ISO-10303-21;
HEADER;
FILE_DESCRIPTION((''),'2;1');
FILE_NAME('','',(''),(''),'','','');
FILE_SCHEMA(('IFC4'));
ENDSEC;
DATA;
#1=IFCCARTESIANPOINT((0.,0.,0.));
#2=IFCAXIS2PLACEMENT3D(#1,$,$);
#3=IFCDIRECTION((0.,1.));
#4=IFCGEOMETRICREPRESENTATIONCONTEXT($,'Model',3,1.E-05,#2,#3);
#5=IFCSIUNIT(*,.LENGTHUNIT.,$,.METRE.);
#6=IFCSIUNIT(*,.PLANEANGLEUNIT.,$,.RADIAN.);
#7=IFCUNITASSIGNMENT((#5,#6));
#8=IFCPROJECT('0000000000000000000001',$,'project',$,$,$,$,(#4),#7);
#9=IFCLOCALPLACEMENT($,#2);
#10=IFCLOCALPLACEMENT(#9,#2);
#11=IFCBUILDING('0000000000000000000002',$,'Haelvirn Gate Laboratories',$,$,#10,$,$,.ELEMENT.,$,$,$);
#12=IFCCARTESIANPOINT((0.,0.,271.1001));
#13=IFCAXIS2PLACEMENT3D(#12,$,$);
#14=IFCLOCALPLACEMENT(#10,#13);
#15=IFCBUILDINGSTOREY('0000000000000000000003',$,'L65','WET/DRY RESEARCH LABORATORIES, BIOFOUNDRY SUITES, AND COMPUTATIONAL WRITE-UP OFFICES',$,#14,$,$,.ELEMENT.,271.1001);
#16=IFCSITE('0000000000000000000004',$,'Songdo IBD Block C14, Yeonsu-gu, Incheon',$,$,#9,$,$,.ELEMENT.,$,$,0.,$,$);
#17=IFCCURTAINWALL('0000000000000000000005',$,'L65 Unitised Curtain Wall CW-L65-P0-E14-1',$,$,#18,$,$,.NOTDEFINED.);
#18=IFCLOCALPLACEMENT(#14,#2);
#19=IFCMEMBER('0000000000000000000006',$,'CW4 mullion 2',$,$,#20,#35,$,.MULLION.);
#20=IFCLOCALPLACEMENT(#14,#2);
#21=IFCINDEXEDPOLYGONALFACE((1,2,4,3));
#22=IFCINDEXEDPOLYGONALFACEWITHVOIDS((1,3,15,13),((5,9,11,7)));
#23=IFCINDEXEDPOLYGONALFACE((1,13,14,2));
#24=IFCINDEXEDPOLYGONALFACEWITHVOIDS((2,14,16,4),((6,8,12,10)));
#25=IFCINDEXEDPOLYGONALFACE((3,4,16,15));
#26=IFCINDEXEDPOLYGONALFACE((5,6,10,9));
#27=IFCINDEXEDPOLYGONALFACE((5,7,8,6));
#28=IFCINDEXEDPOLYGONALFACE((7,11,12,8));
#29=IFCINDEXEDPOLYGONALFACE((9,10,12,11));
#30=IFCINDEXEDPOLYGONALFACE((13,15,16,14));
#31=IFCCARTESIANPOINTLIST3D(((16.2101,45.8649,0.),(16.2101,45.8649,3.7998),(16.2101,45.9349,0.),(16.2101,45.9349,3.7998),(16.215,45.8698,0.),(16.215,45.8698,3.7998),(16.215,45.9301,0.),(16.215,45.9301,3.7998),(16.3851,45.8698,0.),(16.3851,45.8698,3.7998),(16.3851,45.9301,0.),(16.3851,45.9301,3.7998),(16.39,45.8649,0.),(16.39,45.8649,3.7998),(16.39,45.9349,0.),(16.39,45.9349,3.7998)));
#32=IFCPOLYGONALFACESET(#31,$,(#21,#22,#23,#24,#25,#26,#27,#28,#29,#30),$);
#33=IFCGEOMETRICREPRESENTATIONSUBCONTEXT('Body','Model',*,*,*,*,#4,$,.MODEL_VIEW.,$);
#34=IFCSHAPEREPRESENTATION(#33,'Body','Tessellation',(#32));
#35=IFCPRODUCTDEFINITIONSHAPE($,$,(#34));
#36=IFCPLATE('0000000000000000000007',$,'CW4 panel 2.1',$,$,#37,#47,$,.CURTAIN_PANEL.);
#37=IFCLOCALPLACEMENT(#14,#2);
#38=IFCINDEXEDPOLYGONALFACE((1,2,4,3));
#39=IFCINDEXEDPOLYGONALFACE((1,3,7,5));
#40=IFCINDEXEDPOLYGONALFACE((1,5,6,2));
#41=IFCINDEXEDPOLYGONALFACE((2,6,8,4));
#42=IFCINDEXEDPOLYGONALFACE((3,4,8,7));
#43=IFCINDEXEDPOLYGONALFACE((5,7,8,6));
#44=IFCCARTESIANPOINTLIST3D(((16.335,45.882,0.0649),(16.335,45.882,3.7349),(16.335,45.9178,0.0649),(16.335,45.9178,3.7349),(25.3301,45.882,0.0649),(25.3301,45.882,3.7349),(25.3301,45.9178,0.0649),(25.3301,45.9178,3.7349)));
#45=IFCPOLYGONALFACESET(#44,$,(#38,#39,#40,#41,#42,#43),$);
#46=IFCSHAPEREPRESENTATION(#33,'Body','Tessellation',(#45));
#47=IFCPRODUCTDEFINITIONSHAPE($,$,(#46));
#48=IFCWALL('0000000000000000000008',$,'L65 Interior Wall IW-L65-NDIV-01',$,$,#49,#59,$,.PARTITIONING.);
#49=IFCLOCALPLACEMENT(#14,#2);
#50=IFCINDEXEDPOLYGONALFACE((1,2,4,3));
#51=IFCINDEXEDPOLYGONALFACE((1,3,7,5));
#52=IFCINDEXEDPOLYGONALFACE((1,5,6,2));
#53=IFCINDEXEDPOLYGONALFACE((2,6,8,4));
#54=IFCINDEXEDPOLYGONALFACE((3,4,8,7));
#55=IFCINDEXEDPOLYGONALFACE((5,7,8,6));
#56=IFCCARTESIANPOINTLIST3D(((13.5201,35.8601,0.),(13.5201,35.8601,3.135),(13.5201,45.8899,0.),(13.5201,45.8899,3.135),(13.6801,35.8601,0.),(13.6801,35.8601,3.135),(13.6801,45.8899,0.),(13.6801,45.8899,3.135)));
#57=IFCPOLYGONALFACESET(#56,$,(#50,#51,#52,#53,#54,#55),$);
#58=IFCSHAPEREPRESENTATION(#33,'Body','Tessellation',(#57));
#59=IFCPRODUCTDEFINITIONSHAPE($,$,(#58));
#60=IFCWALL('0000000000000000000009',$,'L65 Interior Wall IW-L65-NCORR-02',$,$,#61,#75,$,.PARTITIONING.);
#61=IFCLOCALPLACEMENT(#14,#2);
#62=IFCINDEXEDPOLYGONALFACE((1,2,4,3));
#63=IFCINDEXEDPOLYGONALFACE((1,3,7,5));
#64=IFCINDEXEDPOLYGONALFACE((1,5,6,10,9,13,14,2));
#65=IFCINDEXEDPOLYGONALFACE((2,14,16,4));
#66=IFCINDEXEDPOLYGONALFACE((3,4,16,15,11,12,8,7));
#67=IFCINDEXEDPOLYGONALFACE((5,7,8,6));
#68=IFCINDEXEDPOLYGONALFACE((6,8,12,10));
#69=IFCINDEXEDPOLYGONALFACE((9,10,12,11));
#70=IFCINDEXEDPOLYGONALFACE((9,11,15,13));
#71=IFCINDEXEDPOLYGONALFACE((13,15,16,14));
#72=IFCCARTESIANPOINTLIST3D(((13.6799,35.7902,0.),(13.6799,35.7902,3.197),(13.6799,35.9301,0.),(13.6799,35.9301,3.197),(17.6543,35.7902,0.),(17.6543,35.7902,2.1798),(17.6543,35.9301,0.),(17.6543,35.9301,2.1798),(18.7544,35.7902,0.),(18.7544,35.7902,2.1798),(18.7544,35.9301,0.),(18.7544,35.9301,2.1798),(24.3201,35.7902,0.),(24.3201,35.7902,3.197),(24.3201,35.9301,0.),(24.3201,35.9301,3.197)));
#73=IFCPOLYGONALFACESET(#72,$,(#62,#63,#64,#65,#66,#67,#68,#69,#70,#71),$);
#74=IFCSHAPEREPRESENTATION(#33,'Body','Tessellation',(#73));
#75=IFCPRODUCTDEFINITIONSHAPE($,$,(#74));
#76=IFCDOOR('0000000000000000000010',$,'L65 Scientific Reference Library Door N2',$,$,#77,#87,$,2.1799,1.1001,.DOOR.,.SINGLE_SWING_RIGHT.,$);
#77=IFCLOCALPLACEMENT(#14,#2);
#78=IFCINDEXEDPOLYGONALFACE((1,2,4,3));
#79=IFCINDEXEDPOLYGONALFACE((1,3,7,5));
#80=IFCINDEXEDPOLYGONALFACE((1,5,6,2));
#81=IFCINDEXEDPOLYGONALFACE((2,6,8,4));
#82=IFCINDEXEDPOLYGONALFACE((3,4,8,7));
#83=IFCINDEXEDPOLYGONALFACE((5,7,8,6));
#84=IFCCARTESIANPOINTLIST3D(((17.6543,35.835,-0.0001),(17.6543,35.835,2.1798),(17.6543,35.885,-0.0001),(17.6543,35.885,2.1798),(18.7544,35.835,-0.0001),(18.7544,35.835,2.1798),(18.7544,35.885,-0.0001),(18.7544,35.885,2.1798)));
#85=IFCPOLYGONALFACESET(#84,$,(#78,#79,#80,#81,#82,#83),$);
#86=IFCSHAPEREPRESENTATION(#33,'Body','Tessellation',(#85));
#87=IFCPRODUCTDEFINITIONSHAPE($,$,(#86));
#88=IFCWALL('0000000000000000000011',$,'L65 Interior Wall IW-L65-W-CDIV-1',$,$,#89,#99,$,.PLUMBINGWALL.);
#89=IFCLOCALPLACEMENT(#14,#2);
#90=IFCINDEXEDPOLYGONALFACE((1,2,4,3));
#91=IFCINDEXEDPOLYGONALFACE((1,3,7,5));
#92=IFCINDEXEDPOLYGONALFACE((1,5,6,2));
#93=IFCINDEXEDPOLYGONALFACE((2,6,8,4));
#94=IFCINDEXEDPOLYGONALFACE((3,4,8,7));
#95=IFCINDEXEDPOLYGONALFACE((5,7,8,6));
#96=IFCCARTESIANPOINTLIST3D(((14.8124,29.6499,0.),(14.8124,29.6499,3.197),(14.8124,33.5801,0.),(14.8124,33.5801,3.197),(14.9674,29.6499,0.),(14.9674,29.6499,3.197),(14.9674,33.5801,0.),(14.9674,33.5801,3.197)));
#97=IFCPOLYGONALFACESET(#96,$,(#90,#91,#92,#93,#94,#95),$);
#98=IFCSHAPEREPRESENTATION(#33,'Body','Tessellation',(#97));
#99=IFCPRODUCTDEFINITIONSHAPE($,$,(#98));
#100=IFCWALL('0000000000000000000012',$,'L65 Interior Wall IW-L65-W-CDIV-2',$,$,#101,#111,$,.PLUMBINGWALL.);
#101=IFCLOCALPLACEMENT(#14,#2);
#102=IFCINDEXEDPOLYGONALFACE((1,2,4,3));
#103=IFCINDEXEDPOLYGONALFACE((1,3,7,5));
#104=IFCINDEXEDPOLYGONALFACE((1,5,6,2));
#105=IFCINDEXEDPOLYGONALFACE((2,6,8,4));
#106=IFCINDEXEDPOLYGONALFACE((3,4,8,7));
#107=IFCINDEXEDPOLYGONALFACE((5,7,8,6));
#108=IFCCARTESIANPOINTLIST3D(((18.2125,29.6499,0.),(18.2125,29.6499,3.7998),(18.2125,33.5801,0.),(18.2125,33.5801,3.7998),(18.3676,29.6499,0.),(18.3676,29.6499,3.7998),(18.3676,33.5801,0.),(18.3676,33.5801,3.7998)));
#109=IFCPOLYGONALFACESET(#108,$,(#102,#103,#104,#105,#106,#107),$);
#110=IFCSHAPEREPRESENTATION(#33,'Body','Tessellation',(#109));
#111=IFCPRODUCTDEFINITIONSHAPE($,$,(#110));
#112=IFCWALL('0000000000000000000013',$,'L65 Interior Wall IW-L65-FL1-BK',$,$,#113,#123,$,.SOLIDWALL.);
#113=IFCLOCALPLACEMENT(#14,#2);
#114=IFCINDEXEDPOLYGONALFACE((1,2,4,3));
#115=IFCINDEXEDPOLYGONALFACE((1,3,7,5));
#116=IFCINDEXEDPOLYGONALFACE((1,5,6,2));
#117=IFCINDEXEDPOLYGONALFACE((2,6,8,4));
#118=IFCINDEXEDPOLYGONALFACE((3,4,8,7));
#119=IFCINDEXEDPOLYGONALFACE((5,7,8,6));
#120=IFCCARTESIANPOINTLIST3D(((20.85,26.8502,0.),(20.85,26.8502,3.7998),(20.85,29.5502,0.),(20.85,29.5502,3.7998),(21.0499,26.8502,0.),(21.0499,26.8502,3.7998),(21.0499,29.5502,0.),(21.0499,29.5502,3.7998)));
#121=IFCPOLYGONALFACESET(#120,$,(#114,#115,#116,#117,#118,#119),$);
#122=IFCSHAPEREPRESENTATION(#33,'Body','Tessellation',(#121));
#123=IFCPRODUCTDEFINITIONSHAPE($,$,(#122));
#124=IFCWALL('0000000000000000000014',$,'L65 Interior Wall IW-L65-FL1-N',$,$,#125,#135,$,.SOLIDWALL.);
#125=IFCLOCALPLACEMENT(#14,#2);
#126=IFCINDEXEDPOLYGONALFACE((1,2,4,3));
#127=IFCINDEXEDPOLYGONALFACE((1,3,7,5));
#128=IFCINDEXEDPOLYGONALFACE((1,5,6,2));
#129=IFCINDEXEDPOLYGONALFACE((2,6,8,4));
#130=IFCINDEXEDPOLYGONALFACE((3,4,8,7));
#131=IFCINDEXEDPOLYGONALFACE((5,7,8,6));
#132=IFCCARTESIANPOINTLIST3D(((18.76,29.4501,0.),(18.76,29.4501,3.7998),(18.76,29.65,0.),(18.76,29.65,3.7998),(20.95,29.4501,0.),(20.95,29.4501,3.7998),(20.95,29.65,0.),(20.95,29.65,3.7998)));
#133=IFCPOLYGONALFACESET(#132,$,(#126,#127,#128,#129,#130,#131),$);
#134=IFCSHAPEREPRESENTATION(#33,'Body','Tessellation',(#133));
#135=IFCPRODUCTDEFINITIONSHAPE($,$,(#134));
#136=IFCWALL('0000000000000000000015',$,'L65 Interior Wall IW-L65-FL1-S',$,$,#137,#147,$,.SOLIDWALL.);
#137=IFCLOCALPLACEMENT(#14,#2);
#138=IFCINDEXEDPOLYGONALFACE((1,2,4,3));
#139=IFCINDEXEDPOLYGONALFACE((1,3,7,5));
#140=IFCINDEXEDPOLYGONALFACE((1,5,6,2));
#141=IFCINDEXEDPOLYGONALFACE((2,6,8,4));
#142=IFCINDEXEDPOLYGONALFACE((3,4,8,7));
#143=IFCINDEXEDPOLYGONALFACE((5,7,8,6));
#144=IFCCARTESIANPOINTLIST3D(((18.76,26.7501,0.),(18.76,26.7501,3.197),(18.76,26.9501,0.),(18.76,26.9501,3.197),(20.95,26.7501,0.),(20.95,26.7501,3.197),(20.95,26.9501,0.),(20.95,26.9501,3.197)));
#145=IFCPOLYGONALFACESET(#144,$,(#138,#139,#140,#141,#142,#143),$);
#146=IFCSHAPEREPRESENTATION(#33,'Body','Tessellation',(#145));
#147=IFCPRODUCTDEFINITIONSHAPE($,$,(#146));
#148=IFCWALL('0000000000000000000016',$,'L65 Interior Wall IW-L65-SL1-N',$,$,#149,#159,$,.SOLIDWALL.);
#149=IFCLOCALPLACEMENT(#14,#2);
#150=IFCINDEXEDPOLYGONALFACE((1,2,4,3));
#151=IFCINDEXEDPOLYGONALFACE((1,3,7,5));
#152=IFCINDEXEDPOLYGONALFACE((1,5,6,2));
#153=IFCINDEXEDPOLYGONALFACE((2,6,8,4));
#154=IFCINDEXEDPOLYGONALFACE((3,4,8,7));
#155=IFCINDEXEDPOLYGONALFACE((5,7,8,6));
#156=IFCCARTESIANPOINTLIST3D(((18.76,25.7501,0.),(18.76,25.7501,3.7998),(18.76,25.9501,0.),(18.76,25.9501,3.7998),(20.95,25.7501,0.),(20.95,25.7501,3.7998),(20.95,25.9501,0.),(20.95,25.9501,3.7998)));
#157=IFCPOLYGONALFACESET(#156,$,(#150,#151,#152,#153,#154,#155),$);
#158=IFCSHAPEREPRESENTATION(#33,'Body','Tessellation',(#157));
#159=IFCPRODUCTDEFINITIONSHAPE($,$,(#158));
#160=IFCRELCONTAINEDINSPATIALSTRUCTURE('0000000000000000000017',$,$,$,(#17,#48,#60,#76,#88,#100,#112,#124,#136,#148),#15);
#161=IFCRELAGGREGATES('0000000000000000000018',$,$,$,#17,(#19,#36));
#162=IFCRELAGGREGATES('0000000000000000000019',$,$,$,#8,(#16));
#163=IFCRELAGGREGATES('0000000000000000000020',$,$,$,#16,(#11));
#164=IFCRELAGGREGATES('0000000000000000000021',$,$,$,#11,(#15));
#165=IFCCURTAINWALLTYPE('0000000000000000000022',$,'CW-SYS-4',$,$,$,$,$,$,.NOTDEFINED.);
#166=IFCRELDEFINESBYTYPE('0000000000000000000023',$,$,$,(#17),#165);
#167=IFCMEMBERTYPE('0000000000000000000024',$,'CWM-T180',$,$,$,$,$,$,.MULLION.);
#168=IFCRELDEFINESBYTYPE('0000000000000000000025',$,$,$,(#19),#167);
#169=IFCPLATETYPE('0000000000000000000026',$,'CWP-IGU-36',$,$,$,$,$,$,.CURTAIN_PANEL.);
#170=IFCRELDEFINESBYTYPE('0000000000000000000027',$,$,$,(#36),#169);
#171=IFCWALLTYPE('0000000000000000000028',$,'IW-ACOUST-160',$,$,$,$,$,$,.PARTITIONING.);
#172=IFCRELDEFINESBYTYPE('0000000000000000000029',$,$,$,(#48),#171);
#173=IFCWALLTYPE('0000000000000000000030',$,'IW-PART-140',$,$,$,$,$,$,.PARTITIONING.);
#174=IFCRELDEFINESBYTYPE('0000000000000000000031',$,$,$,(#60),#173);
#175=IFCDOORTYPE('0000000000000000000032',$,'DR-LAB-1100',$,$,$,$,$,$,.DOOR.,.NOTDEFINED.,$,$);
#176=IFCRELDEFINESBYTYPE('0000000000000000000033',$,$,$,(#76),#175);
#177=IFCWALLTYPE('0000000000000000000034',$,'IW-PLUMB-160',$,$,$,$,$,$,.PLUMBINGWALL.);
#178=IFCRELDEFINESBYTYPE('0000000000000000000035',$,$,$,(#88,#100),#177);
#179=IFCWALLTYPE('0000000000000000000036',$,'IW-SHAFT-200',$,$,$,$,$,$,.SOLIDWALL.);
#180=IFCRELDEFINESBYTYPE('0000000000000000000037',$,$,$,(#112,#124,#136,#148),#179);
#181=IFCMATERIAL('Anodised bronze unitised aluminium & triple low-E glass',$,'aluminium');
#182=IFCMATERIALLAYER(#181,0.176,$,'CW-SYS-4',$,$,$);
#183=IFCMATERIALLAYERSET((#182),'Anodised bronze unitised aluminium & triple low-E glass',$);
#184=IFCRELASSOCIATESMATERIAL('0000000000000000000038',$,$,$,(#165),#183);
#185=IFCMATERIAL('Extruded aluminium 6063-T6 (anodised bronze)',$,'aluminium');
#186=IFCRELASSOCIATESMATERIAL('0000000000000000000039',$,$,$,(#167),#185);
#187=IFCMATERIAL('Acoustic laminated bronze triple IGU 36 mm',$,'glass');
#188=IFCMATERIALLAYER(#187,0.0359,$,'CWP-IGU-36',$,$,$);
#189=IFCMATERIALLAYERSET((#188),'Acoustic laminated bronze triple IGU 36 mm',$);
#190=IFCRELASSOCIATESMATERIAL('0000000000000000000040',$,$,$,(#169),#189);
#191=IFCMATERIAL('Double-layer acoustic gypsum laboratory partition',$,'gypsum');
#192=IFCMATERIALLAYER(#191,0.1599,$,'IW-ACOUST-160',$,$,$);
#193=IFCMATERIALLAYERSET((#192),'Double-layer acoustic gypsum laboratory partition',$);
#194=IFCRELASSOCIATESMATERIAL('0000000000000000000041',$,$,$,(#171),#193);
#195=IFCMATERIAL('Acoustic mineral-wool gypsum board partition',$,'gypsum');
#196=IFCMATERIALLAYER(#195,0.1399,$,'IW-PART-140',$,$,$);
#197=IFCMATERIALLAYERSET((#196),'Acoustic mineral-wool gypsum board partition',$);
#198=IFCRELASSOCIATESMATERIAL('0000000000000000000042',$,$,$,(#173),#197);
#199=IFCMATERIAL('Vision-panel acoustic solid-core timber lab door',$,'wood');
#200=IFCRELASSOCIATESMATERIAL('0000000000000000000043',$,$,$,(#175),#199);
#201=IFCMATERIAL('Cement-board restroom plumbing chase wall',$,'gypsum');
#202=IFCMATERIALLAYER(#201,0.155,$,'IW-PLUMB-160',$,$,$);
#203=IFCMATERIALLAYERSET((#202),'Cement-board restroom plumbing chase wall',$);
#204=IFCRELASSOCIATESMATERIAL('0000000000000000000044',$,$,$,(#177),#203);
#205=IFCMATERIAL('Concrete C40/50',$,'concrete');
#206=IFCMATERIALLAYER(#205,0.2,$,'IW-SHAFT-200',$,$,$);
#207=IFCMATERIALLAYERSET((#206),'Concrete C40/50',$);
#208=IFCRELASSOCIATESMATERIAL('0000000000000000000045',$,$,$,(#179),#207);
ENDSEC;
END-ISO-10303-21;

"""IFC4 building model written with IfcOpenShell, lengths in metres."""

from ifc_helpers import new_model, si_unit, direction, frame, frame_2d, origin, origin_2d, place, context, subcontext, project, spatial, rectangle, hollow_rectangle, extrude, source, transform, mapped, material, layer, layer_set, material_profile, profile_set, type_object, type_shapes, element, fill, aggregate, save


model = new_model("IFC4")

# Units and contexts
model_context = context("Model", 3, precision=1e-05, world=origin(), true_north=direction((0.0, 1.0)))
body_context = subcontext(model_context, "Body", "Model", "MODEL_VIEW")
ifc_project = project(units=[si_unit("LENGTHUNIT", "METRE"), si_unit("PLANEANGLEUNIT", "RADIAN")], contexts=[model_context])

# Site, building, storey
site_placement = place(None, origin())
site = spatial("IfcSite", under=ifc_project, at=site_placement, Name="Songdo IBD Block C14, Yeonsu-gu, Incheon", CompositionType="ELEMENT", RefElevation=0.0)
building_placement = place(site_placement, origin())
building = spatial("IfcBuilding", under=site, at=building_placement, Name="Haelvirn Gate Laboratories", CompositionType="ELEMENT")
storey_placement = place(building_placement, frame((0.0, 0.0, 271.1001)))
storey = spatial("IfcBuildingStorey", under=building, at=storey_placement, Name="L65", Description="WET/DRY RESEARCH LABORATORIES, BIOFOUNDRY SUITES, AND COMPUTATIONAL WRITE-UP OFFICES", CompositionType="ELEMENT", Elevation=271.1001)

# Curtain wall, member, plate
ifc_material_1 = material(Name="Anodised bronze unitised aluminium & triple low-E glass", Category="aluminium")
ifc_layer_1 = layer(ifc_material_1, 0.176, Name="CW-SYS-4")
ifc_layer_set_1 = layer_set([ifc_layer_1], Name="Anodised bronze unitised aluminium & triple low-E glass")
curtain_wall_type = type_object("IfcCurtainWallType", Name="CW-SYS-4", PredefinedType="NOTDEFINED", material=ifc_layer_set_1)
curtain_wall_placement = place(storey_placement, origin())
curtain_wall = element("IfcCurtainWall", 1, at=curtain_wall_placement, inside=storey, type_object=curtain_wall_type, Name="L65 Unitised Curtain Wall CW-L65-P0-E14-1", PredefinedType="NOTDEFINED")
ifc_material_2 = material(Name="Extruded aluminium 6063-T6 (anodised bronze)", Category="aluminium")
ifc_material_profile_1 = material_profile(ifc_material_2, hollow_rectangle(XDim=0.0701, YDim=0.1799, WallThickness=0.0049, at=origin_2d()), Name="CWM-180x70x5")
ifc_profile_set_1 = profile_set([ifc_material_profile_1], Name="Extruded aluminium 6063-T6 (anodised bronze)")
member_type_1 = type_object("IfcMemberType", Name="CWM-T180", PredefinedType="MULLION", material=ifc_profile_set_1)
shared_shape_1 = source(origin(), body_context, "Body", "SweptSolid", [
    extrude(hollow_rectangle(XDim=0.0701, YDim=0.1799, WallThickness=0.0049, at=origin_2d()), origin(), (0.0, 0.0, 1.0), 3.7998),
])
type_shapes(member_type_1, [shared_shape_1])
member_1_placement = place(storey_placement, frame((16.3, 45.8999, 0.0), z_axis=(0.0, 0.0, 1.0), x_axis=(0.0, 1.0, 0.0)))
member_1 = element("IfcMember", 2, at=member_1_placement, type_object=member_type_1, Name="CW4 mullion 2", PredefinedType="MULLION", context=body_context, shape_type="MappedRepresentation", body=[
    mapped(shared_shape_1, transform((0.0, 0.0, 0.0), scale=1.0)),
])
ifc_material_3 = material(Name="Acoustic laminated bronze triple IGU 36 mm", Category="glass")
ifc_layer_2 = layer(ifc_material_3, 0.0359, Name="CWP-IGU-36")
ifc_layer_set_2 = layer_set([ifc_layer_2], Name="Acoustic laminated bronze triple IGU 36 mm")
plate_type = type_object("IfcPlateType", Name="CWP-IGU-36", PredefinedType="CURTAIN_PANEL", material=ifc_layer_set_2)
shared_shape_2 = source(origin(), body_context, "Body", "SweptSolid", [
    extrude(rectangle(XDim=8.9951, YDim=0.0359, at=origin_2d()), origin(), (0.0, 0.0, 1.0), 3.6699),
])
type_shapes(plate_type, [shared_shape_2])
plate_placement = place(storey_placement, frame((20.8325, 45.8999, 0.0649), z_axis=(0.0, 0.0, 1.0), x_axis=(1.0, 0.0, 0.0)))
plate = element("IfcPlate", 3, at=plate_placement, type_object=plate_type, Name="CW4 panel 2.1", PredefinedType="CURTAIN_PANEL", context=body_context, shape_type="MappedRepresentation", body=[
    mapped(shared_shape_2, transform((0.0, 0.0, 0.0), scale=1.0)),
])
aggregate(curtain_wall, [member_1, plate])

# Wall
ifc_material_4 = material(Name="Double-layer acoustic gypsum laboratory partition", Category="gypsum")
ifc_layer_3 = layer(ifc_material_4, 0.1599, Name="IW-ACOUST-160")
ifc_layer_set_3 = layer_set([ifc_layer_3], Name="Double-layer acoustic gypsum laboratory partition")
wall_type_1 = type_object("IfcWallType", Name="IW-ACOUST-160", PredefinedType="PARTITIONING", material=ifc_layer_set_3)
wall_1_placement = place(storey_placement, frame((13.6001, 35.8601, 0.0), z_axis=(0.0, 0.0, 1.0), x_axis=(0.0, 1.0, 0.0)))
element("IfcWall", 4, at=wall_1_placement, inside=storey, type_object=wall_type_1, Name="L65 Interior Wall IW-L65-NDIV-01", PredefinedType="PARTITIONING", context=body_context, shape_type="SweptSolid", body=[
    extrude(rectangle(XDim=10.0298, YDim=0.1599, at=frame_2d((5.0149, 0.0))), origin(), (0.0, 0.0, 1.0), 3.135),
])

# Wall, opening, door
ifc_material_5 = material(Name="Acoustic mineral-wool gypsum board partition", Category="gypsum")
ifc_layer_4 = layer(ifc_material_5, 0.1399, Name="IW-PART-140")
ifc_layer_set_4 = layer_set([ifc_layer_4], Name="Acoustic mineral-wool gypsum board partition")
wall_type_2 = type_object("IfcWallType", Name="IW-PART-140", PredefinedType="PARTITIONING", material=ifc_layer_set_4)
wall_2_placement = place(storey_placement, frame((13.6799, 35.8601, 0.0), z_axis=(0.0, 0.0, 1.0), x_axis=(1.0, 0.0, 0.0)))
wall_2 = element("IfcWall", 5, at=wall_2_placement, inside=storey, type_object=wall_type_2, Name="L65 Interior Wall IW-L65-NCORR-02", PredefinedType="PARTITIONING", context=body_context, shape_type="SweptSolid", body=[
    extrude(rectangle(XDim=10.6401, YDim=0.1399, at=frame_2d((5.3201, 0.0))), origin(), (0.0, 0.0, 1.0), 3.197),
])
opening_placement = place(wall_2_placement, frame((3.9744, 0.0, 0.0)))
opening = element("IfcOpeningElement", 6, at=opening_placement, cuts=wall_2, PredefinedType="OPENING", context=body_context, shape_type="SweptSolid", body=[
    extrude(rectangle(XDim=1.1001, YDim=2.1799, at=frame_2d((0.55, 1.0898))), frame((0.0, 0.0801, 0.0), z_axis=(0.0, -1.0, 0.0), x_axis=(1.0, 0.0, 0.0)), (0.0, 0.0, 1.0), 0.1599),
])
ifc_material_6 = material(Name="Vision-panel acoustic solid-core timber lab door", Category="wood")
door_type = type_object("IfcDoorType", Name="DR-LAB-1100", OperationType="NOTDEFINED", PredefinedType="DOOR", material=ifc_material_6)
shared_shape_3 = source(origin(), body_context, "Body", "SweptSolid", [
    extrude(rectangle(XDim=1.1001, YDim=2.1799, at=frame_2d((0.55, 1.0898))), frame((0.0, 0.0249, 0.0), z_axis=(0.0, -1.0, 0.0), x_axis=(1.0, 0.0, 0.0)), (0.0, 0.0, 1.0), 0.05),
])
type_shapes(door_type, [shared_shape_3])
door_placement = place(opening_placement, origin())
door = element("IfcDoor", 7, at=door_placement, inside=storey, type_object=door_type, Name="L65 Scientific Reference Library Door N2", OperationType="SINGLE_SWING_RIGHT", OverallHeight=2.1799, OverallWidth=1.1001, PredefinedType="DOOR", context=body_context, shape_type="MappedRepresentation", body=[
    mapped(shared_shape_3, transform((0.0, 0.0, 0.0), scale=1.0)),
])
fill(opening, door)

# Walls
ifc_material_7 = material(Name="Cement-board restroom plumbing chase wall", Category="gypsum")
ifc_layer_5 = layer(ifc_material_7, 0.155, Name="IW-PLUMB-160")
ifc_layer_set_5 = layer_set([ifc_layer_5], Name="Cement-board restroom plumbing chase wall")
wall_type_3 = type_object("IfcWallType", Name="IW-PLUMB-160", PredefinedType="PLUMBINGWALL", material=ifc_layer_set_5)
wall_3_placement = place(storey_placement, frame((14.8899, 29.6499, 0.0), z_axis=(0.0, 0.0, 1.0), x_axis=(0.0, 1.0, 0.0)))
element("IfcWall", 8, at=wall_3_placement, inside=storey, type_object=wall_type_3, Name="L65 Interior Wall IW-L65-W-CDIV-1", PredefinedType="PLUMBINGWALL", context=body_context, shape_type="SweptSolid", body=[
    extrude(rectangle(XDim=3.9302, YDim=0.155, at=frame_2d((1.9651, 0.0))), origin(), (0.0, 0.0, 1.0), 3.197),
])
wall_4_placement = place(storey_placement, frame((18.29, 29.6499, 0.0), z_axis=(0.0, 0.0, 1.0), x_axis=(0.0, 1.0, 0.0)))
element("IfcWall", 9, at=wall_4_placement, inside=storey, type_object=wall_type_3, Name="L65 Interior Wall IW-L65-W-CDIV-2", PredefinedType="PLUMBINGWALL", context=body_context, shape_type="SweptSolid", body=[
    extrude(rectangle(XDim=3.9302, YDim=0.155, at=frame_2d((1.9651, 0.0))), origin(), (0.0, 0.0, 1.0), 3.7998),
])
ifc_material_8 = material(Name="Concrete C40/50", Category="concrete")
ifc_layer_6 = layer(ifc_material_8, 0.2, Name="IW-SHAFT-200")
ifc_layer_set_6 = layer_set([ifc_layer_6], Name="Concrete C40/50")
wall_type_4 = type_object("IfcWallType", Name="IW-SHAFT-200", PredefinedType="SOLIDWALL", material=ifc_layer_set_6)
wall_5_placement = place(storey_placement, frame((20.95, 26.8501, 0.0), z_axis=(0.0, 0.0, 1.0), x_axis=(0.0, 1.0, 0.0)))
element("IfcWall", 10, at=wall_5_placement, inside=storey, type_object=wall_type_4, Name="L65 Interior Wall IW-L65-FL1-BK", PredefinedType="SOLIDWALL", context=body_context, shape_type="SweptSolid", body=[
    extrude(rectangle(XDim=2.7, YDim=0.2, at=frame_2d((1.3501, 0.0))), origin(), (0.0, 0.0, 1.0), 3.7998),
])
wall_6_placement = place(storey_placement, frame((18.76, 29.55, 0.0), z_axis=(0.0, 0.0, 1.0), x_axis=(1.0, 0.0, 0.0)))
element("IfcWall", 11, at=wall_6_placement, inside=storey, type_object=wall_type_4, Name="L65 Interior Wall IW-L65-FL1-N", PredefinedType="SOLIDWALL", context=body_context, shape_type="SweptSolid", body=[
    extrude(rectangle(XDim=2.1899, YDim=0.2, at=frame_2d((1.095, 0.0))), origin(), (0.0, 0.0, 1.0), 3.7998),
])
wall_7_placement = place(storey_placement, frame((18.76, 26.8501, 0.0), z_axis=(0.0, 0.0, 1.0), x_axis=(1.0, 0.0, 0.0)))
element("IfcWall", 12, at=wall_7_placement, inside=storey, type_object=wall_type_4, Name="L65 Interior Wall IW-L65-FL1-S", PredefinedType="SOLIDWALL", context=body_context, shape_type="SweptSolid", body=[
    extrude(rectangle(XDim=2.1899, YDim=0.2, at=frame_2d((1.095, 0.0))), origin(), (0.0, 0.0, 1.0), 3.197),
])
wall_8_placement = place(storey_placement, frame((18.76, 25.8501, 0.0), z_axis=(0.0, 0.0, 1.0), x_axis=(1.0, 0.0, 0.0)))
element("IfcWall", 13, at=wall_8_placement, inside=storey, type_object=wall_type_4, Name="L65 Interior Wall IW-L65-SL1-N", PredefinedType="SOLIDWALL", context=body_context, shape_type="SweptSolid", body=[
    extrude(rectangle(XDim=2.1899, YDim=0.2, at=frame_2d((1.095, 0.0))), origin(), (0.0, 0.0, 1.0), 3.7998),
])

save(model, "model.ifc")
